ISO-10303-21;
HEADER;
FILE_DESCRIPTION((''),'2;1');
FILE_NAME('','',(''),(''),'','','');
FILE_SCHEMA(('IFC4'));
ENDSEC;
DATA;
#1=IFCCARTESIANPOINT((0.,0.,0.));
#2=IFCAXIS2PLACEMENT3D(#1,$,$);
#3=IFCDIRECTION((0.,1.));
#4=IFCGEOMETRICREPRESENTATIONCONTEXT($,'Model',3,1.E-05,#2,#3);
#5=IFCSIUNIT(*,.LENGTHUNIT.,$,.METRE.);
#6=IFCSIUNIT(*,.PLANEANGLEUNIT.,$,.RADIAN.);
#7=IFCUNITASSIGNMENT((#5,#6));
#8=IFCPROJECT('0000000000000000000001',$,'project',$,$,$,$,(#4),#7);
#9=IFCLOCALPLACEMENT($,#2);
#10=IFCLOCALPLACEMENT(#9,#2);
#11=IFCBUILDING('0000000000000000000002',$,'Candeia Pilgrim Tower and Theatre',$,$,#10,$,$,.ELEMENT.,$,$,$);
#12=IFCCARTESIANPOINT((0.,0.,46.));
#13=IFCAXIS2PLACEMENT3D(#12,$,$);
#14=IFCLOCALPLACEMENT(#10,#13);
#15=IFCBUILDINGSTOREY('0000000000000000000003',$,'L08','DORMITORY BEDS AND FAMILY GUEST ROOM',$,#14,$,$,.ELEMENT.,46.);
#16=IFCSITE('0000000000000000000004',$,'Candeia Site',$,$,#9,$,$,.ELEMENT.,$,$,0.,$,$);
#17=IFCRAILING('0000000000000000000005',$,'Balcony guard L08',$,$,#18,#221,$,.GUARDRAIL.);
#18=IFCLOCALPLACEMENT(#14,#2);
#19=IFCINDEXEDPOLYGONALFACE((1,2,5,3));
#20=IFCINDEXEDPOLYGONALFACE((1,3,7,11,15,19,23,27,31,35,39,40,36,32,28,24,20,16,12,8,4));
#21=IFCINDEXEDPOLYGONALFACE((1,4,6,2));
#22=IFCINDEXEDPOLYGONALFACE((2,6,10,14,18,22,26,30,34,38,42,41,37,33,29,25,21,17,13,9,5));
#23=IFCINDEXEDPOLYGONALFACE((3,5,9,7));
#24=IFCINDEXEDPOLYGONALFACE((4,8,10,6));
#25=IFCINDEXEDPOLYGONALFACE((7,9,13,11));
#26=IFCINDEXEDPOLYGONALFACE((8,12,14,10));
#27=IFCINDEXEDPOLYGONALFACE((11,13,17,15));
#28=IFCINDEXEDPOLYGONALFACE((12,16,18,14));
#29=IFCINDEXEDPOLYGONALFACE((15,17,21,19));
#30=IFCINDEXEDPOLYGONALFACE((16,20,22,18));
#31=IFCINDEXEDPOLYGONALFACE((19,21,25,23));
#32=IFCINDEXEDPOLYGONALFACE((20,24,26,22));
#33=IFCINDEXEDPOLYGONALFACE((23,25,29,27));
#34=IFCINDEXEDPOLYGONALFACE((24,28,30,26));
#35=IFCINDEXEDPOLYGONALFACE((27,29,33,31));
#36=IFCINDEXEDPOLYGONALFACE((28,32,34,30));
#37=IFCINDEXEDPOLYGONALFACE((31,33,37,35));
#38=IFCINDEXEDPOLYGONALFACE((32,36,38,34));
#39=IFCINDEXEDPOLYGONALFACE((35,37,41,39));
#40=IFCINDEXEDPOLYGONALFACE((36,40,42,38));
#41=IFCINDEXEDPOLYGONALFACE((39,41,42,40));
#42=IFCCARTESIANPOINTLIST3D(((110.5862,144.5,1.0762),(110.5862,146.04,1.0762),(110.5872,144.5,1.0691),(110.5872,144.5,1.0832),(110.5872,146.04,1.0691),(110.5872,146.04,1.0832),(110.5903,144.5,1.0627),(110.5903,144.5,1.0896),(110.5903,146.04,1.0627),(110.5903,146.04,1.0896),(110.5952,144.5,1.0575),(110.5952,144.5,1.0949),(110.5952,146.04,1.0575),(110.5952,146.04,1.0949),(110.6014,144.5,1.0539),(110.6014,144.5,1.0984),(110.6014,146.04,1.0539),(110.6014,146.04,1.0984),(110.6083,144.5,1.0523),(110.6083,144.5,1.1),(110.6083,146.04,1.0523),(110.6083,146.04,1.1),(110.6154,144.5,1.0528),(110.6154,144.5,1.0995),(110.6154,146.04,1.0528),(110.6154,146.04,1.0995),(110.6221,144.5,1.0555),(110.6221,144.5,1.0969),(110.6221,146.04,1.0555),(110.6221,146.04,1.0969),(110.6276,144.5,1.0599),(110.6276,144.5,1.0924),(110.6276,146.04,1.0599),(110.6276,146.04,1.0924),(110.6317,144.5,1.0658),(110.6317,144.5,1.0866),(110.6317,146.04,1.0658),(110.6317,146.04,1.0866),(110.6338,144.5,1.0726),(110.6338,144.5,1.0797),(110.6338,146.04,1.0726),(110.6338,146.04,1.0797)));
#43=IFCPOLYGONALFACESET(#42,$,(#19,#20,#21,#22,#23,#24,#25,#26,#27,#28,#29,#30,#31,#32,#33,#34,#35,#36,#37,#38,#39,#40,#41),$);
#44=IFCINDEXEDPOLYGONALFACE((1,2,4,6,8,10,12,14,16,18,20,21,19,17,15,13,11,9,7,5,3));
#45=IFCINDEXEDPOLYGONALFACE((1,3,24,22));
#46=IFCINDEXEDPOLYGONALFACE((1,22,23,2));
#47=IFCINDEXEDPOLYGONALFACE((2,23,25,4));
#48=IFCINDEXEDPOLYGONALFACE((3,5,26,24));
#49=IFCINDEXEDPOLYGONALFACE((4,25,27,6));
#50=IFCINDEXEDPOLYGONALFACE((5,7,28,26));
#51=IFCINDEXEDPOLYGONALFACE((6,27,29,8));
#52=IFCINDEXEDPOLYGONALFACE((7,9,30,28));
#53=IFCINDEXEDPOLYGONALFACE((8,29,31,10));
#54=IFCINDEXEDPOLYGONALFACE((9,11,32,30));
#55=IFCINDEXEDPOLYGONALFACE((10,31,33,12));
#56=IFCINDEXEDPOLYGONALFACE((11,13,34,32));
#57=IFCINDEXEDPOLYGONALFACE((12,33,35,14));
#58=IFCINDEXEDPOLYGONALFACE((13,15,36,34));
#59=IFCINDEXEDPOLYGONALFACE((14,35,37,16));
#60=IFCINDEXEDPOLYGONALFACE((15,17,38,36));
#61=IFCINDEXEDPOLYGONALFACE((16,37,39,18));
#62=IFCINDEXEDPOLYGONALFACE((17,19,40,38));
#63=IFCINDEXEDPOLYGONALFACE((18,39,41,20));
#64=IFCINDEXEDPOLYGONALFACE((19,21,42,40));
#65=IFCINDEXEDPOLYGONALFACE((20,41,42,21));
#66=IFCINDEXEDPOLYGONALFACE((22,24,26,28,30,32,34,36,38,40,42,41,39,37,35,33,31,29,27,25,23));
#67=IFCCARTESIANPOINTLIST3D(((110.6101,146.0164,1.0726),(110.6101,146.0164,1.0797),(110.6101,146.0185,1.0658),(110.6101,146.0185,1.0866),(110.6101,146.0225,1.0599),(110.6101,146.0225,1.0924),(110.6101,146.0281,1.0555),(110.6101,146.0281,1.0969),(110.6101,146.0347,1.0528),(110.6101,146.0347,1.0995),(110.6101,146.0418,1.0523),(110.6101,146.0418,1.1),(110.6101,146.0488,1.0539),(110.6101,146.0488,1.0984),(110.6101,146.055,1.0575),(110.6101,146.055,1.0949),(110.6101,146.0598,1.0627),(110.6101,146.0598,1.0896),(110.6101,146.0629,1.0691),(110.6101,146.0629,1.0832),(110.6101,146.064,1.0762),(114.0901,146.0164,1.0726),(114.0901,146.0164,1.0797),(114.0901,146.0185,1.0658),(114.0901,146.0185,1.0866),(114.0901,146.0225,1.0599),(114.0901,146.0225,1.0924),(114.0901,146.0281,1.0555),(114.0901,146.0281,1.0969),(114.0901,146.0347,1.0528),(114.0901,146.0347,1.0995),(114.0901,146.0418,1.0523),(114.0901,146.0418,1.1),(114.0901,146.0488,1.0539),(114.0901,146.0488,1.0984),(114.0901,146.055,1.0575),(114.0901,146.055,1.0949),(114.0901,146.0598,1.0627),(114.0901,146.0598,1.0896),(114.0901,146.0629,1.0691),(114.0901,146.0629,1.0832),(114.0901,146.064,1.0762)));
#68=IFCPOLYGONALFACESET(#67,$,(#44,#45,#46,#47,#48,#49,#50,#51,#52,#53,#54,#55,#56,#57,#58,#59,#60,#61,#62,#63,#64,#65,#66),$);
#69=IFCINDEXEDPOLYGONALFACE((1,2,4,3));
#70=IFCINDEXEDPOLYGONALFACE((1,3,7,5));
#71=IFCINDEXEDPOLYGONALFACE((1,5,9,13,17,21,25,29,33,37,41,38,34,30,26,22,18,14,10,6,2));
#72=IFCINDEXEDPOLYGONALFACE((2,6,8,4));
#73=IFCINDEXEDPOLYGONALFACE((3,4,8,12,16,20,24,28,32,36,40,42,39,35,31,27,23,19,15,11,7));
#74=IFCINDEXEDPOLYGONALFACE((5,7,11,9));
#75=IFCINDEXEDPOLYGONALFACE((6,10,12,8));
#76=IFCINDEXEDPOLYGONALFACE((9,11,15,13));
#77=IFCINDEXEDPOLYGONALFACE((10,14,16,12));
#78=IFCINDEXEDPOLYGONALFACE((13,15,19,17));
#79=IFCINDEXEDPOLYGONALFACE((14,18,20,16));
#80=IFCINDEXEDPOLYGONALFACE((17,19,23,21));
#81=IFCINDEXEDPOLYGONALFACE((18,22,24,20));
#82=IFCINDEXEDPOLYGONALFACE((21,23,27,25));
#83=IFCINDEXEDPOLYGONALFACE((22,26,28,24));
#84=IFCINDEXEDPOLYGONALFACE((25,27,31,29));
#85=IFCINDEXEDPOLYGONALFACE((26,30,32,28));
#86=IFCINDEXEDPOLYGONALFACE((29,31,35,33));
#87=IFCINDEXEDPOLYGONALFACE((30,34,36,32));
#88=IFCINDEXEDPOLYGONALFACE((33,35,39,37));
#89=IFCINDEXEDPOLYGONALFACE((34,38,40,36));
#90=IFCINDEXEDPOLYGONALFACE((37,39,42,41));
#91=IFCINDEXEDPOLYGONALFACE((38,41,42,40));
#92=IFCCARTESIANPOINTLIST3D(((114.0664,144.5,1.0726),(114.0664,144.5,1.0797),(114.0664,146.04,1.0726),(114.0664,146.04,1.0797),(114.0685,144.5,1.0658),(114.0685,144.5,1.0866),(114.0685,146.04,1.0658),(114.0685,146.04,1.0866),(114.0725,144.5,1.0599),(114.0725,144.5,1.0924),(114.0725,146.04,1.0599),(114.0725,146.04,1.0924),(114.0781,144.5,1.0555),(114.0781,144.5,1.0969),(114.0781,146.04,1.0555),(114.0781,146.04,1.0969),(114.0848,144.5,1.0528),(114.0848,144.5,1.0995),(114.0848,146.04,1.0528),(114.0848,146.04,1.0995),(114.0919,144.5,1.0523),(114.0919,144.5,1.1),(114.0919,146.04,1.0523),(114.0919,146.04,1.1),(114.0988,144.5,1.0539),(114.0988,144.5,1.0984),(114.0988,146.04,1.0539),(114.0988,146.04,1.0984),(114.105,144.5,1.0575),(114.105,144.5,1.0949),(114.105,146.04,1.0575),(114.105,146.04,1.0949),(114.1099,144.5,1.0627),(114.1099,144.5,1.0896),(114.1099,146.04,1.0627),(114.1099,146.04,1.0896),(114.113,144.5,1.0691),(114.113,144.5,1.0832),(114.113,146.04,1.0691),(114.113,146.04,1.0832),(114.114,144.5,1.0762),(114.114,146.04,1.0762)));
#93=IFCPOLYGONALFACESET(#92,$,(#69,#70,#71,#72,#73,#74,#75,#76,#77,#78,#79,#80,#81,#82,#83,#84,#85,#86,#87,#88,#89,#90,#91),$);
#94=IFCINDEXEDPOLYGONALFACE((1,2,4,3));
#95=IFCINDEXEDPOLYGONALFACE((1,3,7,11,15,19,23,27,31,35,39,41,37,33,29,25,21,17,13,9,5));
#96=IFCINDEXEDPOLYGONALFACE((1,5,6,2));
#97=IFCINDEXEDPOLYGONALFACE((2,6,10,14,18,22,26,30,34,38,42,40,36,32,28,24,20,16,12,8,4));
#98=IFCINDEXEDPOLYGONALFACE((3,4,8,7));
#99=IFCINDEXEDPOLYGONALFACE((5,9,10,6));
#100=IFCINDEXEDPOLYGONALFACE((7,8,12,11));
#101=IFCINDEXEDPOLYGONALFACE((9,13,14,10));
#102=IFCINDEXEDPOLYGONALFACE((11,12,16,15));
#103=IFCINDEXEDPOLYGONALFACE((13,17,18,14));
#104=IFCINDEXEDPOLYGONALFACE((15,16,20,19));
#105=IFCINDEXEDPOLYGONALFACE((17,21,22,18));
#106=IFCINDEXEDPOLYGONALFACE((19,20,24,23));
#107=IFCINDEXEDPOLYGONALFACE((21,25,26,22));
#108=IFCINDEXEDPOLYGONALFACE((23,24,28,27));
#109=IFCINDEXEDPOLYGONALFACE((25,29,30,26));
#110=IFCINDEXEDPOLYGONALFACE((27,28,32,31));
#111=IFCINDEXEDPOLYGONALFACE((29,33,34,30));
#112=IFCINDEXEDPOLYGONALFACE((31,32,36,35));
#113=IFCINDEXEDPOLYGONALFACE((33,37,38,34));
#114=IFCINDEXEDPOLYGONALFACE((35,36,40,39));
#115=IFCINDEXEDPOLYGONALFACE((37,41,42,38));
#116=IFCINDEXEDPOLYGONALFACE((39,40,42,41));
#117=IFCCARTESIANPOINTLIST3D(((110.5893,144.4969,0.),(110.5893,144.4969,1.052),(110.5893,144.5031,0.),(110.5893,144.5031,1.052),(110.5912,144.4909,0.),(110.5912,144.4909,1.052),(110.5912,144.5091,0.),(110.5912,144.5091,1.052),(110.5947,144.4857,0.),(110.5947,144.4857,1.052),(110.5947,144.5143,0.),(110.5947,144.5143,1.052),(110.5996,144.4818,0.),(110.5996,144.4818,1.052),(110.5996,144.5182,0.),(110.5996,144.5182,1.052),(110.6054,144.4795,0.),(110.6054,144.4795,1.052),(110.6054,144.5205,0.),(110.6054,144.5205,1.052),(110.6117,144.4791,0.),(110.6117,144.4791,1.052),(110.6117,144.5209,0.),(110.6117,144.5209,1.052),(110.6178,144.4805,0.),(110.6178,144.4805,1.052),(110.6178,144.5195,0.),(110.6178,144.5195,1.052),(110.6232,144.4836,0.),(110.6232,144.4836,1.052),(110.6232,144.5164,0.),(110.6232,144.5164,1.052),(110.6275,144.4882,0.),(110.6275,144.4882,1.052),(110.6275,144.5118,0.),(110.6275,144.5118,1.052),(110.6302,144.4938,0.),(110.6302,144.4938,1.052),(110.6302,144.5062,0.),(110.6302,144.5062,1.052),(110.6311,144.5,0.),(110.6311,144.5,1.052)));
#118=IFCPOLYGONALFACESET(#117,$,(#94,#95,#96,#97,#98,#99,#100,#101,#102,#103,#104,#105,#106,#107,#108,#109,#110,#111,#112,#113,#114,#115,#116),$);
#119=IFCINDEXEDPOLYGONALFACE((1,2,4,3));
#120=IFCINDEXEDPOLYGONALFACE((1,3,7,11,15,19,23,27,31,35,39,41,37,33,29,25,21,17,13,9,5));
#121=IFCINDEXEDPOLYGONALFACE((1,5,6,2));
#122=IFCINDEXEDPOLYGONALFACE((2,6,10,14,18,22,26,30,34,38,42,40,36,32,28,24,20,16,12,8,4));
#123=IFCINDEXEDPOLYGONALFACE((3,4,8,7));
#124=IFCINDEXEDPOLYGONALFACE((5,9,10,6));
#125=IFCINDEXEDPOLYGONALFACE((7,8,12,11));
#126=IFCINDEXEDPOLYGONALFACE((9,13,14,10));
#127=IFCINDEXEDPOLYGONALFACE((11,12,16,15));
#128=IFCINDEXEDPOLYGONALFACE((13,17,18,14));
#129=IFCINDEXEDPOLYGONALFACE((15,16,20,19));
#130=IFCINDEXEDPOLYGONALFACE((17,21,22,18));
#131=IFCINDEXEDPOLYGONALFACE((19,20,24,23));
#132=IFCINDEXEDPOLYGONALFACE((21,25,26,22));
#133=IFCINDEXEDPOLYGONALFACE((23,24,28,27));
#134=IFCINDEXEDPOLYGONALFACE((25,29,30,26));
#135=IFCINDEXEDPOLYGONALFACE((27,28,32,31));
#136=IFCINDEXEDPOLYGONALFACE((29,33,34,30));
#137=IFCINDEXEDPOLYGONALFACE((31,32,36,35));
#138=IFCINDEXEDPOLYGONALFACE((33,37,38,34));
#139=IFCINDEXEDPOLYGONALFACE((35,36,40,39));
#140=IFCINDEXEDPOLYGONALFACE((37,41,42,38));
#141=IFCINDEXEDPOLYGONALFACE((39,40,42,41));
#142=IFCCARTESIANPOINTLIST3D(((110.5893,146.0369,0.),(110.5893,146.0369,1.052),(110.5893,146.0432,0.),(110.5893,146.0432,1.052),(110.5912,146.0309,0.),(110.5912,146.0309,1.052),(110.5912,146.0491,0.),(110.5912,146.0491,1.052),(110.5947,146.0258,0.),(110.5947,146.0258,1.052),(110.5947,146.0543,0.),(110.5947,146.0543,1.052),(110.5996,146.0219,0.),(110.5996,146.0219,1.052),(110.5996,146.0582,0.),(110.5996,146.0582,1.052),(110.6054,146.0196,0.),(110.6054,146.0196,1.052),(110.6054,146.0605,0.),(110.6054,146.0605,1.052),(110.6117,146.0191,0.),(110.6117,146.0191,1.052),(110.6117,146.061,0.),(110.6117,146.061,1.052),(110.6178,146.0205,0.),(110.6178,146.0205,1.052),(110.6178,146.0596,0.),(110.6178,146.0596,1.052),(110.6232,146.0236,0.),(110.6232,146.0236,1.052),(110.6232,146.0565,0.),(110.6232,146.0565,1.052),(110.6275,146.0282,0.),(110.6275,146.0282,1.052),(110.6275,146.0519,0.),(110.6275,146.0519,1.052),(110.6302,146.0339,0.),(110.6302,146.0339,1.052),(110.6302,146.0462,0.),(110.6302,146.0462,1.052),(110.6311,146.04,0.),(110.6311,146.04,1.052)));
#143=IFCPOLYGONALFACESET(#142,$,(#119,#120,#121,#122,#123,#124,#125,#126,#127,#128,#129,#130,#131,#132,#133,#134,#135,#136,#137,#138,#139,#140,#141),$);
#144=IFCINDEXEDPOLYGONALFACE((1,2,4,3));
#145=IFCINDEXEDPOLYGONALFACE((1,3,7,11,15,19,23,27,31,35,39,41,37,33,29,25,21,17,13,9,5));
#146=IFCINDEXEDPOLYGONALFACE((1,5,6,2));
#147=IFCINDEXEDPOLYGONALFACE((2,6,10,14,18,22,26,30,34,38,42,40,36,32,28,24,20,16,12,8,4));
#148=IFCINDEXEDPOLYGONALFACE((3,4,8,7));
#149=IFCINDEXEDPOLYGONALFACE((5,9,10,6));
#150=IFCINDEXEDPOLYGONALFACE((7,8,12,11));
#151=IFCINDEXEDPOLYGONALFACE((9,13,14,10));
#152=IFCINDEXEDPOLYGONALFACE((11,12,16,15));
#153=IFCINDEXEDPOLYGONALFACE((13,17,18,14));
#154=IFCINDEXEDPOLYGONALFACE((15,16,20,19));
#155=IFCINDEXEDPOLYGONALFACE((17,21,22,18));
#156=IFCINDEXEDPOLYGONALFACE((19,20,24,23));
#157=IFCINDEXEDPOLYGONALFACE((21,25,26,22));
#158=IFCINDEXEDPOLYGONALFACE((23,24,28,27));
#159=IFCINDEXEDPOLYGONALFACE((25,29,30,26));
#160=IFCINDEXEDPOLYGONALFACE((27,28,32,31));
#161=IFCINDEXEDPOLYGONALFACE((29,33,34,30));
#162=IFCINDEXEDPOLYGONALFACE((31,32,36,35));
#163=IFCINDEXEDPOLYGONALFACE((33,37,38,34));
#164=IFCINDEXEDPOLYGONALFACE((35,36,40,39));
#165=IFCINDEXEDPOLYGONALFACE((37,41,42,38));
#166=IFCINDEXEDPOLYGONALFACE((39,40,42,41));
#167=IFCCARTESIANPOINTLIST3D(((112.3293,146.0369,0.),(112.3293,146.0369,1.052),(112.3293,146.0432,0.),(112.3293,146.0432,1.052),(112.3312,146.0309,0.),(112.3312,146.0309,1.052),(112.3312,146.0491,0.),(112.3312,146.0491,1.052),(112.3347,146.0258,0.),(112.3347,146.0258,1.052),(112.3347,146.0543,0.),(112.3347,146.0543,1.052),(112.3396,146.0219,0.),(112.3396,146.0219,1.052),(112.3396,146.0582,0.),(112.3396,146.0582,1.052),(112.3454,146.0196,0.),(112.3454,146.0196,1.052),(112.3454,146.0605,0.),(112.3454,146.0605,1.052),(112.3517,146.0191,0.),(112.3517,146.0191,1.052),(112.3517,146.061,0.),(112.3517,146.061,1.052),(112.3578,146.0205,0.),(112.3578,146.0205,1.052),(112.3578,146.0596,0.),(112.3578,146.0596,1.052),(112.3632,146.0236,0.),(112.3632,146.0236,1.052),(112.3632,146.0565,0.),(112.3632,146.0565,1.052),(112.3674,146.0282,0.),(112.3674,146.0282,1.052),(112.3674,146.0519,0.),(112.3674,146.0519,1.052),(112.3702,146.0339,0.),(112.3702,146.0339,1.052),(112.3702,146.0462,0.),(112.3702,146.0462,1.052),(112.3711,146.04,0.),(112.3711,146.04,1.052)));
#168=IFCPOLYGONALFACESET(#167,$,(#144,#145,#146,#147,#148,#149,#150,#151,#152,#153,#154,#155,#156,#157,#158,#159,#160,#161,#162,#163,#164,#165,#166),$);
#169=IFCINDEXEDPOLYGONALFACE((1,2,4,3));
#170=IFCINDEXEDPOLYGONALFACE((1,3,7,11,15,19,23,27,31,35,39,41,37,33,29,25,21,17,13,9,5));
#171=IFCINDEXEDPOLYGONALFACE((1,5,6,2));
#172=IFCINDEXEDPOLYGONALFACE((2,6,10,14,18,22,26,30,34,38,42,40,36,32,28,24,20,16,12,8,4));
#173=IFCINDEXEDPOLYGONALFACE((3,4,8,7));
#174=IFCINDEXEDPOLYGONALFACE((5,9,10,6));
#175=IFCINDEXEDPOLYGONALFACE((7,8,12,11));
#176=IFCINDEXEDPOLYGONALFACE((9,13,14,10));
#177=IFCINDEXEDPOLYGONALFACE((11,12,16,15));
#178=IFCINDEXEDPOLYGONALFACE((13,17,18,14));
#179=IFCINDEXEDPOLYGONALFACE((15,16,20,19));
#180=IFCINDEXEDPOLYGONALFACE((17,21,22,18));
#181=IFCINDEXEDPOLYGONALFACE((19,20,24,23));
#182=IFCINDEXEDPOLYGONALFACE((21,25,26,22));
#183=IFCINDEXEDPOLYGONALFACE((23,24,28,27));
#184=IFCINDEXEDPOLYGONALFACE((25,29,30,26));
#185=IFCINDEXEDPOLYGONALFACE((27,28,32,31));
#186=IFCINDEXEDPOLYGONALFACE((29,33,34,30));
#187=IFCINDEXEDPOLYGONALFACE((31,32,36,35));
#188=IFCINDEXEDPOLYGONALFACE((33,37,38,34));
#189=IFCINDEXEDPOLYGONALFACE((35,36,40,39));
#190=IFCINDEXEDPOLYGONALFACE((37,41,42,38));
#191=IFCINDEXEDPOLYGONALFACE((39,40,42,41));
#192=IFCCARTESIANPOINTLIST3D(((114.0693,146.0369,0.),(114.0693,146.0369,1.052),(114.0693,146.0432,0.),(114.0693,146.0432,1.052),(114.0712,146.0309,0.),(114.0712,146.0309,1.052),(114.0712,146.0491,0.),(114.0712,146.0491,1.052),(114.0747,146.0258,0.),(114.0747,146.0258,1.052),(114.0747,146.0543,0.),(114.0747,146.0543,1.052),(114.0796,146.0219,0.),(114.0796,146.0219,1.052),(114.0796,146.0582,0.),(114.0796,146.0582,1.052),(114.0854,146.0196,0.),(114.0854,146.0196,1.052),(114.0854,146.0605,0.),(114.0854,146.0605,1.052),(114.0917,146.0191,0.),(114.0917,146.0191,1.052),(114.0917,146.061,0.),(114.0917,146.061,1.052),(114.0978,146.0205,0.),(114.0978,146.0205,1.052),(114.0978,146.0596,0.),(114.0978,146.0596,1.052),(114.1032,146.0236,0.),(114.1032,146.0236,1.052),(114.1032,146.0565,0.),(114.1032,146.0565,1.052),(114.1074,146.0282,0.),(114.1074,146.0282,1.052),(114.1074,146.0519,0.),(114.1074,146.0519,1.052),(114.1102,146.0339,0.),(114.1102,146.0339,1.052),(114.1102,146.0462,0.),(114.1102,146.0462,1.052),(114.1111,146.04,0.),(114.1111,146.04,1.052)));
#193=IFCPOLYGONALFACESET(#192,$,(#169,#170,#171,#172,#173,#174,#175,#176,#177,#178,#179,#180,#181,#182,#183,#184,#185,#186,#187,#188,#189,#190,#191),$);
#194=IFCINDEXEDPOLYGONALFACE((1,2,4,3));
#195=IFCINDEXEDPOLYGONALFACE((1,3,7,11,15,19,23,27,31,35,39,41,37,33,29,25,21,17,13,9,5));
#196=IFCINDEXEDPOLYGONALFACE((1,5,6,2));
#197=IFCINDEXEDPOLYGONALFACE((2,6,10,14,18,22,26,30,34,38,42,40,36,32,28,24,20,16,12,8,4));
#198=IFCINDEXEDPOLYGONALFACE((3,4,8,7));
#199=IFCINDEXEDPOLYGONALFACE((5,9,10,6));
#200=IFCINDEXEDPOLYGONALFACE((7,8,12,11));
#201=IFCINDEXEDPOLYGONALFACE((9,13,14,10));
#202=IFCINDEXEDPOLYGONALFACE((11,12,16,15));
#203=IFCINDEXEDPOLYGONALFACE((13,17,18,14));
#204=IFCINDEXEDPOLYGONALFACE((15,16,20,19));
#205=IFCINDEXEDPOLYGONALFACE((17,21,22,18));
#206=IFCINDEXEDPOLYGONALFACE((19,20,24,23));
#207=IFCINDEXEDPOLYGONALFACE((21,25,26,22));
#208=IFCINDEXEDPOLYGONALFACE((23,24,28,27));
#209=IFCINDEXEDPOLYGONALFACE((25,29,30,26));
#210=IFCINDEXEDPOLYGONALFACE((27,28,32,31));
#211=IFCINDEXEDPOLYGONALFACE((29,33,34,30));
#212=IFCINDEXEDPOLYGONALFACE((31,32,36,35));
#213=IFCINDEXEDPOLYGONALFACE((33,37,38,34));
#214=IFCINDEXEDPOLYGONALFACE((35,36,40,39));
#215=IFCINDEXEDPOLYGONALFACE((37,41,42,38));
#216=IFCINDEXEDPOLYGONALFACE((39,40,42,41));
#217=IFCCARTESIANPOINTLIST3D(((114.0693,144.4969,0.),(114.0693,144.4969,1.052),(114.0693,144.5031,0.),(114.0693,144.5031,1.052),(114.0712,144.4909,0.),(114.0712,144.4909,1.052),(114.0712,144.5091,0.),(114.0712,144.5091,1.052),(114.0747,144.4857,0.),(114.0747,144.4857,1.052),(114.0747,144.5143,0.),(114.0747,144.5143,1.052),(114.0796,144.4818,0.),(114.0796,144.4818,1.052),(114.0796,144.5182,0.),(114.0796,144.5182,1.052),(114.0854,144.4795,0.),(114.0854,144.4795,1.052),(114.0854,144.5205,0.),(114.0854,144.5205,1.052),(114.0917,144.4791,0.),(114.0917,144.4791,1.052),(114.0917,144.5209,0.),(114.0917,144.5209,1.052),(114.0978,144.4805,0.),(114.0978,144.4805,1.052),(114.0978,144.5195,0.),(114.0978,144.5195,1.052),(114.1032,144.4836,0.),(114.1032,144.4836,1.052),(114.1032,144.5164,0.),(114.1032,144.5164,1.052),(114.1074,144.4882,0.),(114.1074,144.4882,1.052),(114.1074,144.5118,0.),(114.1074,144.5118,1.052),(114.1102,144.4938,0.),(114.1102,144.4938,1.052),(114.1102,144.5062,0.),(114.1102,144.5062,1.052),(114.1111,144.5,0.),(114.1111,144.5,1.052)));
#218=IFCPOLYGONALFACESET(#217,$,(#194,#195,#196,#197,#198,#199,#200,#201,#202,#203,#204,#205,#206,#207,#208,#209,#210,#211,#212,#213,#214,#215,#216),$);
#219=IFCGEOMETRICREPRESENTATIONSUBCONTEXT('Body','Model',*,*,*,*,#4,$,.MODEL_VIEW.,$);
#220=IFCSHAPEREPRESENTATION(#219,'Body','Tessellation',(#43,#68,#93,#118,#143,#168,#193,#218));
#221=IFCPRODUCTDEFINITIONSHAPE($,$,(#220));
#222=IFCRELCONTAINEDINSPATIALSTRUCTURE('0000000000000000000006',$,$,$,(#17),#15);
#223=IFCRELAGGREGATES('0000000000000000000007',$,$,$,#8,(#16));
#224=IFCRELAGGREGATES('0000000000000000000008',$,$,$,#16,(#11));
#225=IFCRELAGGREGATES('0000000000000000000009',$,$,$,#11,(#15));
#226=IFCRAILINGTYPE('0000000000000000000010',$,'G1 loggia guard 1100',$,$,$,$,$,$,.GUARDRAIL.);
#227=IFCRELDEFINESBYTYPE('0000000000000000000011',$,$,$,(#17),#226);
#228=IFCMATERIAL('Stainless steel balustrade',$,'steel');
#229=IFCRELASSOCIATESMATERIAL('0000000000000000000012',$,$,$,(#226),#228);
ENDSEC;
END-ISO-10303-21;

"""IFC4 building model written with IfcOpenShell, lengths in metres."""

from ifc_helpers import new_model, si_unit, direction, frame, origin, origin_2d, place, context, subcontext, project, spatial, circle, extrude, material, type_object, element, save


model = new_model("IFC4")

# Units and contexts
model_context = context("Model", 3, precision=1e-05, world=origin(), true_north=direction((0.0, 1.0)))
body_context = subcontext(model_context, "Body", "Model", "MODEL_VIEW")
ifc_project = project(units=[si_unit("LENGTHUNIT", "METRE"), si_unit("PLANEANGLEUNIT", "RADIAN")], contexts=[model_context])

# Site, building, storey
site_placement = place(None, origin())
site = spatial("IfcSite", under=ifc_project, at=site_placement, Name="Candeia Site", CompositionType="ELEMENT", RefElevation=0.0)
building_placement = place(site_placement, origin())
building = spatial("IfcBuilding", under=site, at=building_placement, Name="Candeia Pilgrim Tower and Theatre", CompositionType="ELEMENT")
storey_placement = place(building_placement, frame((0.0, 0.0, 46.0)))
storey = spatial("IfcBuildingStorey", under=building, at=storey_placement, Name="L08", Description="DORMITORY BEDS AND FAMILY GUEST ROOM", CompositionType="ELEMENT", Elevation=46.0)

# Railing
ifc_material_1 = material(Name="Stainless steel balustrade", Category="steel")
railing_type = type_object("IfcRailingType", Name="G1 loggia guard 1100", PredefinedType="GUARDRAIL", material=ifc_material_1)
railing_1_placement = place(storey_placement, frame((110.6101, 144.5, 0.0)))
element("IfcRailing", 1, at=railing_1_placement, inside=storey, type_object=railing_type, Name="Balcony guard L08", PredefinedType="GUARDRAIL", context=body_context, shape_type="SweptSolid", body=[
    extrude(circle(Radius=0.0239, at=origin_2d()), frame((0.0, 0.0, 1.0762), z_axis=(0.0, 1.0, 0.0), x_axis=(-1.0, 0.0, 0.0)), (0.0, 0.0, 1.0), 1.54),
    extrude(circle(Radius=0.0239, at=origin_2d()), frame((0.0, 1.54, 1.0762), z_axis=(1.0, 0.0, 0.0), x_axis=(0.0, 1.0, 0.0)), (0.0, 0.0, 1.0), 3.48),
    extrude(circle(Radius=0.0239, at=origin_2d()), frame((3.48, 1.54, 1.0762), z_axis=(0.0, -1.0, 0.0), x_axis=(1.0, 0.0, 0.0)), (0.0, 0.0, 1.0), 1.54),
    extrude(circle(Radius=0.021, at=origin_2d()), origin(), (0.0, 0.0, 1.0), 1.052),
    extrude(circle(Radius=0.021, at=origin_2d()), frame((0.0, 1.54, 0.0)), (0.0, 0.0, 1.0), 1.052),
    extrude(circle(Radius=0.021, at=origin_2d()), frame((1.74, 1.54, 0.0)), (0.0, 0.0, 1.0), 1.052),
    extrude(circle(Radius=0.021, at=origin_2d()), frame((3.48, 1.54, 0.0)), (0.0, 0.0, 1.0), 1.052),
    extrude(circle(Radius=0.021, at=origin_2d()), frame((3.48, 0.0, 0.0)), (0.0, 0.0, 1.0), 1.052),
])

save(model, "model.ifc")
